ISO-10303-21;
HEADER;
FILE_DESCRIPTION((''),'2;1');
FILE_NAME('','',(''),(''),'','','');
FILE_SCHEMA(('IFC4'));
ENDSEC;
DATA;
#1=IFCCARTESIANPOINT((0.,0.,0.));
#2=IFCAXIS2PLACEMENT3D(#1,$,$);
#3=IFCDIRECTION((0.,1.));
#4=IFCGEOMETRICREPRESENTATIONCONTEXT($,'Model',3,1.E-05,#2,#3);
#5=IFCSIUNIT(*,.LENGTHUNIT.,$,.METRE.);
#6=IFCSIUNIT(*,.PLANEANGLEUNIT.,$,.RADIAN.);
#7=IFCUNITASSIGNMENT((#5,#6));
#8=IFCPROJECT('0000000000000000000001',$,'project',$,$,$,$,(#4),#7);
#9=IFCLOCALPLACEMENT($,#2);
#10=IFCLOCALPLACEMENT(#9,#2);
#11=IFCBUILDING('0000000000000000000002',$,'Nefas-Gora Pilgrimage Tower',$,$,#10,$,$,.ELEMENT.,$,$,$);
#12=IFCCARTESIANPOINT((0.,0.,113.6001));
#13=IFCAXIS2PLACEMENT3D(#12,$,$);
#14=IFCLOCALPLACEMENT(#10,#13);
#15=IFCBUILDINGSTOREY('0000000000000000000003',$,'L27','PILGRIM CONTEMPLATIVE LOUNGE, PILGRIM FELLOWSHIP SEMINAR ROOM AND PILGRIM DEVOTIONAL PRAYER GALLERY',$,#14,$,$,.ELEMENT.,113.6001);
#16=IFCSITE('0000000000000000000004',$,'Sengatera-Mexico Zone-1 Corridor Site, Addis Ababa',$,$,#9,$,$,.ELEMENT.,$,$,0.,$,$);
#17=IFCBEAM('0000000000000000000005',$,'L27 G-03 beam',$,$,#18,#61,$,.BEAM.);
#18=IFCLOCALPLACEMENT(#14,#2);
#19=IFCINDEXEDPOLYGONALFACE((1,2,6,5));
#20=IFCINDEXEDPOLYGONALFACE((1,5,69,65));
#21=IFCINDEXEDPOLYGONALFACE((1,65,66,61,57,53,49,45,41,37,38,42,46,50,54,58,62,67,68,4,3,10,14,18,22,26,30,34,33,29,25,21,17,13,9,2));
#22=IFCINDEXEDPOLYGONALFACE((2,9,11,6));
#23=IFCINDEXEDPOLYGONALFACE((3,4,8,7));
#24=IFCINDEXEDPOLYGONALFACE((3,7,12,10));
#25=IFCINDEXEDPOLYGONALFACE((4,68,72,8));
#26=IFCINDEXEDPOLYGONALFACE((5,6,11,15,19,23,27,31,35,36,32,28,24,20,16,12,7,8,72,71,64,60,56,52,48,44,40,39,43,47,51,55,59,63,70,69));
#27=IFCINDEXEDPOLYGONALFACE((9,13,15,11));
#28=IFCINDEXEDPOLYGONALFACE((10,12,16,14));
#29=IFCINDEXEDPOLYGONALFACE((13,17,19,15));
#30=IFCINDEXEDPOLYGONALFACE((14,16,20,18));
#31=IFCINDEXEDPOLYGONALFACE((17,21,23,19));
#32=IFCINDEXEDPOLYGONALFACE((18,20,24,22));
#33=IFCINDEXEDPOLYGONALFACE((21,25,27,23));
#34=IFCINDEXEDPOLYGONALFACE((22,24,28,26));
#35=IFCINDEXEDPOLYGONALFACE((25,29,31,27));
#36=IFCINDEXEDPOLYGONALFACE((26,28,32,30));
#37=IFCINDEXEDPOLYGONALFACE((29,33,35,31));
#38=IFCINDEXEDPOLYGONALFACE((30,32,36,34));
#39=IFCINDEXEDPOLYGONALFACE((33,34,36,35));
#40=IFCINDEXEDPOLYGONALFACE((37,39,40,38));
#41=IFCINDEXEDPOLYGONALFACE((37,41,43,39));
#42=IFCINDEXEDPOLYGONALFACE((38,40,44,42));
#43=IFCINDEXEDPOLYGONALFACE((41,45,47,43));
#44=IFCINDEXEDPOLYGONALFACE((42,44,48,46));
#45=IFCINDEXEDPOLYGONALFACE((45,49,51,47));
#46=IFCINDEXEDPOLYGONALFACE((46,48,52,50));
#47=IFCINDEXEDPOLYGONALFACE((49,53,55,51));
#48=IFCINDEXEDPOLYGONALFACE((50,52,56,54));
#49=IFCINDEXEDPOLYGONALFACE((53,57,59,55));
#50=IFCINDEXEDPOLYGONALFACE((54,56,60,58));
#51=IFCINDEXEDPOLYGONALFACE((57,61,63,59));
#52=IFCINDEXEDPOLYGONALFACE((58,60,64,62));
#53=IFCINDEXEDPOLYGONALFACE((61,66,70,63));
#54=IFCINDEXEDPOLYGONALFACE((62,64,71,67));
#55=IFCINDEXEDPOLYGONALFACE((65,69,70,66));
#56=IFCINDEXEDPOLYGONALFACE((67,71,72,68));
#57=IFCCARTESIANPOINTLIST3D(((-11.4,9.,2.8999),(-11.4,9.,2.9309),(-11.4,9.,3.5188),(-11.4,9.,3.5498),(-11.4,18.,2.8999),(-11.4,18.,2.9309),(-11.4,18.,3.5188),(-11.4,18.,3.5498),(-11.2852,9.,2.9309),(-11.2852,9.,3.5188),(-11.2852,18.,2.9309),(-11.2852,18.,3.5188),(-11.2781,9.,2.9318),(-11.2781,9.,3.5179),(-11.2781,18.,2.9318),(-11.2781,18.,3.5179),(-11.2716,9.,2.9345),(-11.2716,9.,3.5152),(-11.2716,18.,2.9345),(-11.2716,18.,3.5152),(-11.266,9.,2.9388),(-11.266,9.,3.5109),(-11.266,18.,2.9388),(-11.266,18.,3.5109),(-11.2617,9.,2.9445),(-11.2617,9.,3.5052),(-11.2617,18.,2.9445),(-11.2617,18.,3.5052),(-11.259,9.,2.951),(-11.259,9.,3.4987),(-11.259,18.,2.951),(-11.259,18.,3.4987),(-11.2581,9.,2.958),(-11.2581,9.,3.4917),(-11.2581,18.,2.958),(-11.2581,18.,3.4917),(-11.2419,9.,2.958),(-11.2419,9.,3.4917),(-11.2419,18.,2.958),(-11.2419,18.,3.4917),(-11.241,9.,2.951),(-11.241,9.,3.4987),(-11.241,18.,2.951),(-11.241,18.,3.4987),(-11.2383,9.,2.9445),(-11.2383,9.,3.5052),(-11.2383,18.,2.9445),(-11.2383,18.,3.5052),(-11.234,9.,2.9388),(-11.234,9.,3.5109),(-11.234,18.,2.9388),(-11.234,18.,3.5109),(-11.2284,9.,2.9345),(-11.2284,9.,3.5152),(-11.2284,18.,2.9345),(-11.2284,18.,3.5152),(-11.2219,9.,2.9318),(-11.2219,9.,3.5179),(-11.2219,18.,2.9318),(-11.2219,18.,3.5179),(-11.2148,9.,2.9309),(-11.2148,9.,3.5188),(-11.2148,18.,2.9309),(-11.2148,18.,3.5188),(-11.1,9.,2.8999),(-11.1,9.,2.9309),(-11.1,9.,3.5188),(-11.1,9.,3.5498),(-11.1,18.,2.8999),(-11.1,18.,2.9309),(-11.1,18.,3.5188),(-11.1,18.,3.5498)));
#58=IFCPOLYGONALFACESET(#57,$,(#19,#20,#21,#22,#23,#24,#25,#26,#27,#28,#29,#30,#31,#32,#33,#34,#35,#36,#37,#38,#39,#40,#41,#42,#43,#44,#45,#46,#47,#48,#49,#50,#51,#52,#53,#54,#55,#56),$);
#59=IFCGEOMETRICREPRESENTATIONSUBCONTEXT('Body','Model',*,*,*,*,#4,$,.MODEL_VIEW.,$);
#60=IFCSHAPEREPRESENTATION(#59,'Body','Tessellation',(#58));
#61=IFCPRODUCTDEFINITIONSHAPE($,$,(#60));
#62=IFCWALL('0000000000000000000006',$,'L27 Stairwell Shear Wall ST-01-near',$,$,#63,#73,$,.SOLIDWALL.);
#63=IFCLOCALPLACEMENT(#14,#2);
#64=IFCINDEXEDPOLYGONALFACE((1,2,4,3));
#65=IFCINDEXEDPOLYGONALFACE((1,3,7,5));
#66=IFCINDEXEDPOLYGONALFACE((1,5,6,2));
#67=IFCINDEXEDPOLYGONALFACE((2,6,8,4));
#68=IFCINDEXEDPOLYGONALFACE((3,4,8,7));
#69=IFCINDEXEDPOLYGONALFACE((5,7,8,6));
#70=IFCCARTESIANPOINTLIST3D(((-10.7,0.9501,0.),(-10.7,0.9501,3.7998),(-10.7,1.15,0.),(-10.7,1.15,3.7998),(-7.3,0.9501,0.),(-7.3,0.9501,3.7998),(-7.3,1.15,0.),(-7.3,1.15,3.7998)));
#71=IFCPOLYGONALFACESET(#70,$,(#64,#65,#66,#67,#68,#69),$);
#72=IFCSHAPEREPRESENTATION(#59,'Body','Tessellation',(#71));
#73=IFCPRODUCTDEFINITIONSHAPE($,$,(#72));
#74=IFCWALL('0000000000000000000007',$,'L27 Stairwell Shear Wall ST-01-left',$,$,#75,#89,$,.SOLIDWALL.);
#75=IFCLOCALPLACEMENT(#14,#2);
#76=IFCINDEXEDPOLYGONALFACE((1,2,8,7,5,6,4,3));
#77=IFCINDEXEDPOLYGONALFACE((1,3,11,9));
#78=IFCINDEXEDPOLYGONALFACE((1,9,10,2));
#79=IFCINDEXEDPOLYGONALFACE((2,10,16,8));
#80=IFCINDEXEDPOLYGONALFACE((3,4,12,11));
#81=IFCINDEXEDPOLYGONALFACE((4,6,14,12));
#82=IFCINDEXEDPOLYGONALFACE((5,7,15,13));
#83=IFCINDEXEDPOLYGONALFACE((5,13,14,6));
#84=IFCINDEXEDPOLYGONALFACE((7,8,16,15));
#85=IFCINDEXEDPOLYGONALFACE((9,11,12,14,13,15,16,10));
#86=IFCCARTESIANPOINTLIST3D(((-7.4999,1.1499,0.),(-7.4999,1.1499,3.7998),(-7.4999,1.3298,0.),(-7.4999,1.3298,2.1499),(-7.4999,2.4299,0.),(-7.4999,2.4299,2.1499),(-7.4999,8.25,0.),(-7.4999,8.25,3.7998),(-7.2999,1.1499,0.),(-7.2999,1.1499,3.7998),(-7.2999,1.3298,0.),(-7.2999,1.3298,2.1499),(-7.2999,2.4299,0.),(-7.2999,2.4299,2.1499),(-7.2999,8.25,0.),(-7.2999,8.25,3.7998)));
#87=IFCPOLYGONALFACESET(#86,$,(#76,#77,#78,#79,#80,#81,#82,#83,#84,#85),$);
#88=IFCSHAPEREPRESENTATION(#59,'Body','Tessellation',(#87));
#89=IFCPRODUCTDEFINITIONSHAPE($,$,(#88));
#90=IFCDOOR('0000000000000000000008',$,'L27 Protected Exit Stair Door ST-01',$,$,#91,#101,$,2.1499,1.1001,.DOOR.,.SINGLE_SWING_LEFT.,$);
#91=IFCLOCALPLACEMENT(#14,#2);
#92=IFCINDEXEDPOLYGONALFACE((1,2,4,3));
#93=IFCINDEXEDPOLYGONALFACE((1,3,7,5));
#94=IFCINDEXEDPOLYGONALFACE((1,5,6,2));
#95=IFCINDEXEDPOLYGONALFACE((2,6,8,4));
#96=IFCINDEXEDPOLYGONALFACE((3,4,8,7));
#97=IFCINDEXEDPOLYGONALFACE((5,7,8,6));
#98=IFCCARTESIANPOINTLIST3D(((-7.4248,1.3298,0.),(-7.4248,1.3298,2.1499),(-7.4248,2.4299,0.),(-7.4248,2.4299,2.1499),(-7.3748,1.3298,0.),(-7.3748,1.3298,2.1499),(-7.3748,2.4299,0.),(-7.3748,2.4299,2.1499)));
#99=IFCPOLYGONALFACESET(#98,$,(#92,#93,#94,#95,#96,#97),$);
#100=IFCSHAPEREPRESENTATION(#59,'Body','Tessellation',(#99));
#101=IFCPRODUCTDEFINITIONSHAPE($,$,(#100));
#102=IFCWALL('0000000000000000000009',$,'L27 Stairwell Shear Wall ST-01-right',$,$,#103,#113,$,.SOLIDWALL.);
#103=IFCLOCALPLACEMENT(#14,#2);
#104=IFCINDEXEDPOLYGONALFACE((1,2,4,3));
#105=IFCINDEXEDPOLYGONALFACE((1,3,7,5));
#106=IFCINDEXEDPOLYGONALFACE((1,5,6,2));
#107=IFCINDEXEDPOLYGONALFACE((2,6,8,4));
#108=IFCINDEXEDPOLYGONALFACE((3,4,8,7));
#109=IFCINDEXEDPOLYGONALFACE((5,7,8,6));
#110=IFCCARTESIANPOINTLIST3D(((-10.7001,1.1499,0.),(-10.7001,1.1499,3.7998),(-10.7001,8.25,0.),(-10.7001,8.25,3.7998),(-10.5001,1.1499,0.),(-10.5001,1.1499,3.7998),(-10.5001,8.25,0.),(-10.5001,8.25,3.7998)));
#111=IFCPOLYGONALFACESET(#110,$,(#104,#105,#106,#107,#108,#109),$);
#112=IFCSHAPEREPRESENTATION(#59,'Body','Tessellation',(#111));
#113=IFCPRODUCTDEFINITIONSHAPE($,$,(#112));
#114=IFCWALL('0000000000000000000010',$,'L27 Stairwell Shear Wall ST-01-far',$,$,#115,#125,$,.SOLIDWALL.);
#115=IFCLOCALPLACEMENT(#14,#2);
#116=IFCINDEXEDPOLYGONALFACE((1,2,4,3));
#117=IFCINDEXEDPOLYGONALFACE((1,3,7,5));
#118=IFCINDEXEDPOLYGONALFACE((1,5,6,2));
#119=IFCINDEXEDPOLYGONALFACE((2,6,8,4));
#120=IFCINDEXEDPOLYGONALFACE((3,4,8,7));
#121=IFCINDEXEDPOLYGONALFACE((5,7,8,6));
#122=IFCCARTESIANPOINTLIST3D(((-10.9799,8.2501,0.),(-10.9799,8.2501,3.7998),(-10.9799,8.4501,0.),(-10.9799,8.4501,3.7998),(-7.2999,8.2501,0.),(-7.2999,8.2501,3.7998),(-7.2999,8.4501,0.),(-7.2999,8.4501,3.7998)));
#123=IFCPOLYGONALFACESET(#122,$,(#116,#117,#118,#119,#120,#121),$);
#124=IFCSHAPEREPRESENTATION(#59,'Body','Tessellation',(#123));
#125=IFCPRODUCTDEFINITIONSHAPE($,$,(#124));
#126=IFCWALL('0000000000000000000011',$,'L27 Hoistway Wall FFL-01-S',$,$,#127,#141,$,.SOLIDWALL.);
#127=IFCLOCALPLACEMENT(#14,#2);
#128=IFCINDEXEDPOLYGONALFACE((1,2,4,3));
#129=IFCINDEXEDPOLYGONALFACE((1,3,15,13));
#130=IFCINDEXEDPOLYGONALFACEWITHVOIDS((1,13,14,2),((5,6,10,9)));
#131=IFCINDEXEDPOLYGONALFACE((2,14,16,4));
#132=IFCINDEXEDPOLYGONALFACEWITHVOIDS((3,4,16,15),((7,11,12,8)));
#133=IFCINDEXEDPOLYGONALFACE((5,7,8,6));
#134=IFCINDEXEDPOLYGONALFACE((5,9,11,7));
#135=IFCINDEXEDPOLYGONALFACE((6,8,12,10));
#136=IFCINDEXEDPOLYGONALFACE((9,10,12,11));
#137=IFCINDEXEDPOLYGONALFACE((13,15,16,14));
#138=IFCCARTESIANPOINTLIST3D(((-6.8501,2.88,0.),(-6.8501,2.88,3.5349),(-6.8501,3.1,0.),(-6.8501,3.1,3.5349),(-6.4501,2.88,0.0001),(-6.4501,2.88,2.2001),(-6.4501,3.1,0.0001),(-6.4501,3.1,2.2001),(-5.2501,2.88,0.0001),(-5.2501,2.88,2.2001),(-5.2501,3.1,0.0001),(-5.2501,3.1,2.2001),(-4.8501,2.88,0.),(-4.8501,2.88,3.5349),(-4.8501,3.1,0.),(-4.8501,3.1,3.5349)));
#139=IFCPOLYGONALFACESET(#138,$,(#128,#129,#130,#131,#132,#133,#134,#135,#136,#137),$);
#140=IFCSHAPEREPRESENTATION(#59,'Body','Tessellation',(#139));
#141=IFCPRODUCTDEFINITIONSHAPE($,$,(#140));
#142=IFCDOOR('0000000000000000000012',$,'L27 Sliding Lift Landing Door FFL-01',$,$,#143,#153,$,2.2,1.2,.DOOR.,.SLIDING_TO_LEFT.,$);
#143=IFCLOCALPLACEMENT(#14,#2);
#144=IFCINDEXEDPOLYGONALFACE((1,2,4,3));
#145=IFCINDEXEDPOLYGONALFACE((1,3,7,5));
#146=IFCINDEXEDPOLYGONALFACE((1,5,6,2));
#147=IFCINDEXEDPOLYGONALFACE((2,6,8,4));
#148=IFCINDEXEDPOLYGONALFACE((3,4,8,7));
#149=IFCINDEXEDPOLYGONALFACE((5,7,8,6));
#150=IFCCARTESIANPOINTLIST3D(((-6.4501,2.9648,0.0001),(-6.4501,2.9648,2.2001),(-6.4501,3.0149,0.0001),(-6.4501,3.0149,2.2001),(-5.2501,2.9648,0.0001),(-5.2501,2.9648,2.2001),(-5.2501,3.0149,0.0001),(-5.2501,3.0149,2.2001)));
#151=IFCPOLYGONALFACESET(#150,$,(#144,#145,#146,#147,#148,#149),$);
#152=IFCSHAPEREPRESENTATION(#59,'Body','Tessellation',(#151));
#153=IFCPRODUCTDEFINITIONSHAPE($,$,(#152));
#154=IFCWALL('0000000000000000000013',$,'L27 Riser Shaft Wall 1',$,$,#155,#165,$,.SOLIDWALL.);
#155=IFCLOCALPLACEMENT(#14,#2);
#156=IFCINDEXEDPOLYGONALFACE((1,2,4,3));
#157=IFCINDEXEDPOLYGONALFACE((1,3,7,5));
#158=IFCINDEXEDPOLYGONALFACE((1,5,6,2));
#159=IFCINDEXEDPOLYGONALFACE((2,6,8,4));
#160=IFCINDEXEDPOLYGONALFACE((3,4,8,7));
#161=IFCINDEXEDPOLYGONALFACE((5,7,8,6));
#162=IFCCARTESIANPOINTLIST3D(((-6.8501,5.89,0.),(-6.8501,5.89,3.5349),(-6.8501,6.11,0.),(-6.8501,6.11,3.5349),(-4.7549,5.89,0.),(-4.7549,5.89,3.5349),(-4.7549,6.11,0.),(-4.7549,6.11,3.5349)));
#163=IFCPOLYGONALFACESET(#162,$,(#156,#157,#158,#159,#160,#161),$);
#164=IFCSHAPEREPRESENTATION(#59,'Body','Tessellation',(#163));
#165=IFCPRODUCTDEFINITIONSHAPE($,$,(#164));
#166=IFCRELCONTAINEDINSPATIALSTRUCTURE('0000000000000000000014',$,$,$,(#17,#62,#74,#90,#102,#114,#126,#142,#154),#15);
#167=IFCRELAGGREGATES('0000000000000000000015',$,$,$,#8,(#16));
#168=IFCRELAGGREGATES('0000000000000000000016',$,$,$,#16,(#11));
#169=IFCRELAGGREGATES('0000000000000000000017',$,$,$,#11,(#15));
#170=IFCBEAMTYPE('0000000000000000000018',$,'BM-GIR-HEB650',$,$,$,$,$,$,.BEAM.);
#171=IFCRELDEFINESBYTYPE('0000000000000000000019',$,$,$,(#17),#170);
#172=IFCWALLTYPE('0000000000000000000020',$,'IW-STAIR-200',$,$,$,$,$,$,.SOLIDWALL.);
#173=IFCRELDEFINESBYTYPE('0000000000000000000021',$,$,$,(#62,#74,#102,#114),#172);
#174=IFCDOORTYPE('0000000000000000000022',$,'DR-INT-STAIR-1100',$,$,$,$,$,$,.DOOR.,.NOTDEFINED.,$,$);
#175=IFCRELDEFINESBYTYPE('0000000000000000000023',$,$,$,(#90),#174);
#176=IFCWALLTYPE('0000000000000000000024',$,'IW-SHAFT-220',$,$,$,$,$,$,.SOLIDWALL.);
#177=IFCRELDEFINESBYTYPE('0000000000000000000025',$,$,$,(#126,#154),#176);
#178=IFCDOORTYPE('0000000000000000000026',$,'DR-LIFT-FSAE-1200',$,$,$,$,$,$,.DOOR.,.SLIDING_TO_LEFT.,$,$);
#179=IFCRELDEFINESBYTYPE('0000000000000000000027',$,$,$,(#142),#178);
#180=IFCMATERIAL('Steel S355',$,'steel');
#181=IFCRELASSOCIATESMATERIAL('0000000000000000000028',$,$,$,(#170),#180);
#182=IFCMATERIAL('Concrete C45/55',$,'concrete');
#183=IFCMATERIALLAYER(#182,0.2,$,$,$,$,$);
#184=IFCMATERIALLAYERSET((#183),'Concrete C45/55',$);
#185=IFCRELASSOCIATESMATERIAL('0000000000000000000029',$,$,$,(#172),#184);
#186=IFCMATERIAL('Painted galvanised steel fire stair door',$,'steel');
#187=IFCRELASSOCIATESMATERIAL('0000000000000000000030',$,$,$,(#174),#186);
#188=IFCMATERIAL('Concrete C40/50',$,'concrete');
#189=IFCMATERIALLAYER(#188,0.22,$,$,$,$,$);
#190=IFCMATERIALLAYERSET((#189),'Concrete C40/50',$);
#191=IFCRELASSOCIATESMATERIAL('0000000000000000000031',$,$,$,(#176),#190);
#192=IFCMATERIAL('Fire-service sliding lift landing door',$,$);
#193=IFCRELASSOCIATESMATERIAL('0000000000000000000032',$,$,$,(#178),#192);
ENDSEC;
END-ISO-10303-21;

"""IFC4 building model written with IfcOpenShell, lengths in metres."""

from ifc_helpers import new_model, si_unit, direction, frame, frame_2d, origin, origin_2d, place, context, subcontext, project, spatial, rectangle, i_section, extrude, source, transform, mapped, material, layer, layer_set, material_profile, profile_set, type_object, element, fill, save


model = new_model("IFC4")

# Units and contexts
model_context = context("Model", 3, precision=1e-05, world=origin(), true_north=direction((0.0, 1.0)))
body_context = subcontext(model_context, "Body", "Model", "MODEL_VIEW")
ifc_project = project(units=[si_unit("LENGTHUNIT", "METRE"), si_unit("PLANEANGLEUNIT", "RADIAN")], contexts=[model_context])

# Site, building, storey
site_placement = place(None, origin())
site = spatial("IfcSite", under=ifc_project, at=site_placement, Name="Sengatera-Mexico Zone-1 Corridor Site, Addis Ababa", CompositionType="ELEMENT", RefElevation=0.0)
building_placement = place(site_placement, origin())
building = spatial("IfcBuilding", under=site, at=building_placement, Name="Nefas-Gora Pilgrimage Tower", CompositionType="ELEMENT")
storey_placement = place(building_placement, frame((0.0, 0.0, 113.6001)))
storey = spatial("IfcBuildingStorey", under=building, at=storey_placement, Name="L27", Description="PILGRIM CONTEMPLATIVE LOUNGE, PILGRIM FELLOWSHIP SEMINAR ROOM AND PILGRIM DEVOTIONAL PRAYER GALLERY", CompositionType="ELEMENT", Elevation=113.6001)

# Beam
ifc_material_1 = material(Name="Steel S355", Category="steel")
ifc_material_profile = material_profile(ifc_material_1, i_section(OverallWidth=0.3, OverallDepth=0.6499, WebThickness=0.0161, FlangeThickness=0.031, FilletRadius=0.0271, at=origin_2d()), Name="HEB 650")
ifc_profile_set = profile_set([ifc_material_profile], Name="Steel S355")
beam_type = type_object("IfcBeamType", Name="BM-GIR-HEB650", PredefinedType="BEAM", material=ifc_profile_set)
shared_shape_1 = source(origin(), body_context, "Body", "SweptSolid", [
    extrude(i_section(OverallWidth=0.3, OverallDepth=0.6499, WebThickness=0.0161, FlangeThickness=0.031, FilletRadius=0.0271, at=origin_2d()), origin(), (0.0, 0.0, 1.0), 9.0),
])
beam_placement = place(storey_placement, frame((-11.25, 9.0, 3.2249), z_axis=(0.0, 1.0, 0.0), x_axis=(-1.0, 0.0, 0.0)))
element("IfcBeam", 1, at=beam_placement, inside=storey, type_object=beam_type, Name="L27 G-03 beam", PredefinedType="BEAM", context=body_context, shape_type="MappedRepresentation", body=[
    mapped(shared_shape_1, transform((0.0, 0.0, 0.0), x_axis=(1.0, 0.0, 0.0), y_axis=(0.0, 1.0, 0.0), z_axis=(0.0, 0.0, 1.0), scale=1.0)),
])

# Wall
ifc_material_2 = material(Name="Concrete C45/55", Category="concrete")
ifc_layer_1 = layer(ifc_material_2, 0.2)
ifc_layer_set_1 = layer_set([ifc_layer_1], Name="Concrete C45/55")
wall_type_1 = type_object("IfcWallType", Name="IW-STAIR-200", PredefinedType="SOLIDWALL", material=ifc_layer_set_1)
shared_shape_2 = source(origin(), body_context, "Body", "SweptSolid", [
    extrude(rectangle(XDim=3.3999, YDim=0.2, at=frame_2d((1.7, 0.0))), origin(), (0.0, 0.0, 1.0), 3.7998),
])
wall_1_placement = place(storey_placement, frame((-7.3, 1.05, 0.0), z_axis=(0.0, 0.0, 1.0), x_axis=(-1.0, 0.0, 0.0)))
element("IfcWall", 2, at=wall_1_placement, inside=storey, type_object=wall_type_1, Name="L27 Stairwell Shear Wall ST-01-near", PredefinedType="SOLIDWALL", context=body_context, shape_type="MappedRepresentation", body=[
    mapped(shared_shape_2, transform((0.0, 0.0, 0.0), x_axis=(1.0, 0.0, 0.0), y_axis=(0.0, 1.0, 0.0), z_axis=(0.0, 0.0, 1.0), scale=1.0)),
])

# Wall, opening, door
shared_shape_3 = source(origin(), body_context, "Body", "SweptSolid", [
    extrude(rectangle(XDim=7.1001, YDim=0.2, at=frame_2d((3.55, 0.0))), origin(), (0.0, 0.0, 1.0), 3.7998),
])
wall_2_placement = place(storey_placement, frame((-7.3999, 1.1499, 0.0), z_axis=(0.0, 0.0, 1.0), x_axis=(0.0, 1.0, 0.0)))
wall_2 = element("IfcWall", 3, at=wall_2_placement, inside=storey, type_object=wall_type_1, Name="L27 Stairwell Shear Wall ST-01-left", PredefinedType="SOLIDWALL", context=body_context, shape_type="MappedRepresentation", body=[
    mapped(shared_shape_3, transform((0.0, 0.0, 0.0), x_axis=(1.0, 0.0, 0.0), y_axis=(0.0, 1.0, 0.0), z_axis=(0.0, 0.0, 1.0), scale=1.0)),
])
opening_1_placement = place(wall_2_placement, frame((0.1799, 0.0, 0.0)))
opening_1 = element("IfcOpeningElement", 4, at=opening_1_placement, cuts=wall_2, PredefinedType="OPENING", context=body_context, shape_type="SweptSolid", body=[
    extrude(rectangle(XDim=1.1001, YDim=2.1499, at=frame_2d((0.55, 1.075))), frame((0.0, 0.1099, 0.0), z_axis=(0.0, -1.0, 0.0), x_axis=(1.0, 0.0, 0.0)), (0.0, 0.0, 1.0), 0.22),
])
ifc_material_3 = material(Name="Painted galvanised steel fire stair door", Category="steel")
door_type_1 = type_object("IfcDoorType", Name="DR-INT-STAIR-1100", OperationType="NOTDEFINED", PredefinedType="DOOR", material=ifc_material_3)
shared_shape_4 = source(origin(), body_context, "Body", "SweptSolid", [
    extrude(rectangle(XDim=1.1001, YDim=2.1499, at=frame_2d((0.55, 1.075))), frame((0.0, 0.0249, 0.0), z_axis=(0.0, -1.0, 0.0), x_axis=(1.0, 0.0, 0.0)), (0.0, 0.0, 1.0), 0.05),
])
door_1_placement = place(opening_1_placement, origin())
door_1 = element("IfcDoor", 5, at=door_1_placement, inside=storey, type_object=door_type_1, Name="L27 Protected Exit Stair Door ST-01", OperationType="SINGLE_SWING_LEFT", OverallHeight=2.1499, OverallWidth=1.1001, PredefinedType="DOOR", context=body_context, shape_type="MappedRepresentation", body=[
    mapped(shared_shape_4, transform((0.0, 0.0, 0.0), x_axis=(1.0, 0.0, 0.0), y_axis=(0.0, 1.0, 0.0), z_axis=(0.0, 0.0, 1.0), scale=1.0)),
])
fill(opening_1, door_1)

# Walls
wall_3_placement = place(storey_placement, frame((-10.6001, 1.1499, 0.0), z_axis=(0.0, 0.0, 1.0), x_axis=(0.0, 1.0, 0.0)))
element("IfcWall", 6, at=wall_3_placement, inside=storey, type_object=wall_type_1, Name="L27 Stairwell Shear Wall ST-01-right", PredefinedType="SOLIDWALL", context=body_context, shape_type="MappedRepresentation", body=[
    mapped(shared_shape_3, transform((0.0, 0.0, 0.0), x_axis=(1.0, 0.0, 0.0), y_axis=(0.0, 1.0, 0.0), z_axis=(0.0, 0.0, 1.0), scale=1.0)),
])
shared_shape_5 = source(origin(), body_context, "Body", "SweptSolid", [
    extrude(rectangle(XDim=3.6799, YDim=0.2, at=frame_2d((1.8398, 0.0))), origin(), (0.0, 0.0, 1.0), 3.7998),
])
wall_4_placement = place(storey_placement, frame((-7.3, 8.3501, 0.0), z_axis=(0.0, 0.0, 1.0), x_axis=(-1.0, 0.0, 0.0)))
element("IfcWall", 7, at=wall_4_placement, inside=storey, type_object=wall_type_1, Name="L27 Stairwell Shear Wall ST-01-far", PredefinedType="SOLIDWALL", context=body_context, shape_type="MappedRepresentation", body=[
    mapped(shared_shape_5, transform((0.0, 0.0, 0.0), x_axis=(1.0, 0.0, 0.0), y_axis=(0.0, 1.0, 0.0), z_axis=(0.0, 0.0, 1.0), scale=1.0)),
])

# Wall, opening, door
ifc_material_4 = material(Name="Concrete C40/50", Category="concrete")
ifc_layer_2 = layer(ifc_material_4, 0.22)
ifc_layer_set_2 = layer_set([ifc_layer_2], Name="Concrete C40/50")
wall_type_2 = type_object("IfcWallType", Name="IW-SHAFT-220", PredefinedType="SOLIDWALL", material=ifc_layer_set_2)
shared_shape_6 = source(origin(), body_context, "Body", "SweptSolid", [
    extrude(rectangle(XDim=2.0, YDim=0.22, at=frame_2d((1.0, 0.0))), origin(), (0.0, 0.0, 1.0), 3.5349),
])
wall_5_placement = place(storey_placement, frame((-6.8501, 2.99, 0.0), z_axis=(0.0, 0.0, 1.0), x_axis=(1.0, 0.0, 0.0)))
wall_5 = element("IfcWall", 8, at=wall_5_placement, inside=storey, type_object=wall_type_2, Name="L27 Hoistway Wall FFL-01-S", PredefinedType="SOLIDWALL", context=body_context, shape_type="MappedRepresentation", body=[
    mapped(shared_shape_6, transform((0.0, 0.0, 0.0), x_axis=(1.0, 0.0, 0.0), y_axis=(0.0, 1.0, 0.0), z_axis=(0.0, 0.0, 1.0), scale=1.0)),
])
opening_2_placement = place(wall_5_placement, frame((0.3999, 0.0, 0.0)))
opening_2 = element("IfcOpeningElement", 9, at=opening_2_placement, cuts=wall_5, PredefinedType="OPENING", context=body_context, shape_type="SweptSolid", body=[
    extrude(rectangle(XDim=1.2, YDim=2.2, at=frame_2d((0.6001, 1.1001))), frame((0.0, 0.1199, 0.0), z_axis=(0.0, -1.0, 0.0), x_axis=(1.0, 0.0, 0.0)), (0.0, 0.0, 1.0), 0.24),
])
ifc_material_5 = material(Name="Fire-service sliding lift landing door")
door_type_2 = type_object("IfcDoorType", Name="DR-LIFT-FSAE-1200", OperationType="SLIDING_TO_LEFT", PredefinedType="DOOR", material=ifc_material_5)
shared_shape_7 = source(origin(), body_context, "Body", "SweptSolid", [
    extrude(rectangle(XDim=1.2, YDim=2.2, at=frame_2d((0.6001, 1.1001))), frame((0.0, 0.0249, 0.0), z_axis=(0.0, -1.0, 0.0), x_axis=(1.0, 0.0, 0.0)), (0.0, 0.0, 1.0), 0.05),
])
door_2_placement = place(opening_2_placement, origin())
door_2 = element("IfcDoor", 10, at=door_2_placement, inside=storey, type_object=door_type_2, Name="L27 Sliding Lift Landing Door FFL-01", OperationType="SLIDING_TO_LEFT", OverallHeight=2.2, OverallWidth=1.2, PredefinedType="DOOR", context=body_context, shape_type="MappedRepresentation", body=[
    mapped(shared_shape_7, transform((0.0, 0.0, 0.0), x_axis=(1.0, 0.0, 0.0), y_axis=(0.0, 1.0, 0.0), z_axis=(0.0, 0.0, 1.0), scale=1.0)),
])
fill(opening_2, door_2)

# Wall
shared_shape_8 = source(origin(), body_context, "Body", "SweptSolid", [
    extrude(rectangle(XDim=2.0952, YDim=0.22, at=frame_2d((1.0476, 0.0))), origin(), (0.0, 0.0, 1.0), 3.5349),
])
wall_6_placement = place(storey_placement, frame((-6.8501, 6.0, 0.0), z_axis=(0.0, 0.0, 1.0), x_axis=(1.0, 0.0, 0.0)))
element("IfcWall", 11, at=wall_6_placement, inside=storey, type_object=wall_type_2, Name="L27 Riser Shaft Wall 1", PredefinedType="SOLIDWALL", context=body_context, shape_type="MappedRepresentation", body=[
    mapped(shared_shape_8, transform((0.0, 0.0, 0.0), x_axis=(1.0, 0.0, 0.0), y_axis=(0.0, 1.0, 0.0), z_axis=(0.0, 0.0, 1.0), scale=1.0)),
])

save(model, "model.ifc")
